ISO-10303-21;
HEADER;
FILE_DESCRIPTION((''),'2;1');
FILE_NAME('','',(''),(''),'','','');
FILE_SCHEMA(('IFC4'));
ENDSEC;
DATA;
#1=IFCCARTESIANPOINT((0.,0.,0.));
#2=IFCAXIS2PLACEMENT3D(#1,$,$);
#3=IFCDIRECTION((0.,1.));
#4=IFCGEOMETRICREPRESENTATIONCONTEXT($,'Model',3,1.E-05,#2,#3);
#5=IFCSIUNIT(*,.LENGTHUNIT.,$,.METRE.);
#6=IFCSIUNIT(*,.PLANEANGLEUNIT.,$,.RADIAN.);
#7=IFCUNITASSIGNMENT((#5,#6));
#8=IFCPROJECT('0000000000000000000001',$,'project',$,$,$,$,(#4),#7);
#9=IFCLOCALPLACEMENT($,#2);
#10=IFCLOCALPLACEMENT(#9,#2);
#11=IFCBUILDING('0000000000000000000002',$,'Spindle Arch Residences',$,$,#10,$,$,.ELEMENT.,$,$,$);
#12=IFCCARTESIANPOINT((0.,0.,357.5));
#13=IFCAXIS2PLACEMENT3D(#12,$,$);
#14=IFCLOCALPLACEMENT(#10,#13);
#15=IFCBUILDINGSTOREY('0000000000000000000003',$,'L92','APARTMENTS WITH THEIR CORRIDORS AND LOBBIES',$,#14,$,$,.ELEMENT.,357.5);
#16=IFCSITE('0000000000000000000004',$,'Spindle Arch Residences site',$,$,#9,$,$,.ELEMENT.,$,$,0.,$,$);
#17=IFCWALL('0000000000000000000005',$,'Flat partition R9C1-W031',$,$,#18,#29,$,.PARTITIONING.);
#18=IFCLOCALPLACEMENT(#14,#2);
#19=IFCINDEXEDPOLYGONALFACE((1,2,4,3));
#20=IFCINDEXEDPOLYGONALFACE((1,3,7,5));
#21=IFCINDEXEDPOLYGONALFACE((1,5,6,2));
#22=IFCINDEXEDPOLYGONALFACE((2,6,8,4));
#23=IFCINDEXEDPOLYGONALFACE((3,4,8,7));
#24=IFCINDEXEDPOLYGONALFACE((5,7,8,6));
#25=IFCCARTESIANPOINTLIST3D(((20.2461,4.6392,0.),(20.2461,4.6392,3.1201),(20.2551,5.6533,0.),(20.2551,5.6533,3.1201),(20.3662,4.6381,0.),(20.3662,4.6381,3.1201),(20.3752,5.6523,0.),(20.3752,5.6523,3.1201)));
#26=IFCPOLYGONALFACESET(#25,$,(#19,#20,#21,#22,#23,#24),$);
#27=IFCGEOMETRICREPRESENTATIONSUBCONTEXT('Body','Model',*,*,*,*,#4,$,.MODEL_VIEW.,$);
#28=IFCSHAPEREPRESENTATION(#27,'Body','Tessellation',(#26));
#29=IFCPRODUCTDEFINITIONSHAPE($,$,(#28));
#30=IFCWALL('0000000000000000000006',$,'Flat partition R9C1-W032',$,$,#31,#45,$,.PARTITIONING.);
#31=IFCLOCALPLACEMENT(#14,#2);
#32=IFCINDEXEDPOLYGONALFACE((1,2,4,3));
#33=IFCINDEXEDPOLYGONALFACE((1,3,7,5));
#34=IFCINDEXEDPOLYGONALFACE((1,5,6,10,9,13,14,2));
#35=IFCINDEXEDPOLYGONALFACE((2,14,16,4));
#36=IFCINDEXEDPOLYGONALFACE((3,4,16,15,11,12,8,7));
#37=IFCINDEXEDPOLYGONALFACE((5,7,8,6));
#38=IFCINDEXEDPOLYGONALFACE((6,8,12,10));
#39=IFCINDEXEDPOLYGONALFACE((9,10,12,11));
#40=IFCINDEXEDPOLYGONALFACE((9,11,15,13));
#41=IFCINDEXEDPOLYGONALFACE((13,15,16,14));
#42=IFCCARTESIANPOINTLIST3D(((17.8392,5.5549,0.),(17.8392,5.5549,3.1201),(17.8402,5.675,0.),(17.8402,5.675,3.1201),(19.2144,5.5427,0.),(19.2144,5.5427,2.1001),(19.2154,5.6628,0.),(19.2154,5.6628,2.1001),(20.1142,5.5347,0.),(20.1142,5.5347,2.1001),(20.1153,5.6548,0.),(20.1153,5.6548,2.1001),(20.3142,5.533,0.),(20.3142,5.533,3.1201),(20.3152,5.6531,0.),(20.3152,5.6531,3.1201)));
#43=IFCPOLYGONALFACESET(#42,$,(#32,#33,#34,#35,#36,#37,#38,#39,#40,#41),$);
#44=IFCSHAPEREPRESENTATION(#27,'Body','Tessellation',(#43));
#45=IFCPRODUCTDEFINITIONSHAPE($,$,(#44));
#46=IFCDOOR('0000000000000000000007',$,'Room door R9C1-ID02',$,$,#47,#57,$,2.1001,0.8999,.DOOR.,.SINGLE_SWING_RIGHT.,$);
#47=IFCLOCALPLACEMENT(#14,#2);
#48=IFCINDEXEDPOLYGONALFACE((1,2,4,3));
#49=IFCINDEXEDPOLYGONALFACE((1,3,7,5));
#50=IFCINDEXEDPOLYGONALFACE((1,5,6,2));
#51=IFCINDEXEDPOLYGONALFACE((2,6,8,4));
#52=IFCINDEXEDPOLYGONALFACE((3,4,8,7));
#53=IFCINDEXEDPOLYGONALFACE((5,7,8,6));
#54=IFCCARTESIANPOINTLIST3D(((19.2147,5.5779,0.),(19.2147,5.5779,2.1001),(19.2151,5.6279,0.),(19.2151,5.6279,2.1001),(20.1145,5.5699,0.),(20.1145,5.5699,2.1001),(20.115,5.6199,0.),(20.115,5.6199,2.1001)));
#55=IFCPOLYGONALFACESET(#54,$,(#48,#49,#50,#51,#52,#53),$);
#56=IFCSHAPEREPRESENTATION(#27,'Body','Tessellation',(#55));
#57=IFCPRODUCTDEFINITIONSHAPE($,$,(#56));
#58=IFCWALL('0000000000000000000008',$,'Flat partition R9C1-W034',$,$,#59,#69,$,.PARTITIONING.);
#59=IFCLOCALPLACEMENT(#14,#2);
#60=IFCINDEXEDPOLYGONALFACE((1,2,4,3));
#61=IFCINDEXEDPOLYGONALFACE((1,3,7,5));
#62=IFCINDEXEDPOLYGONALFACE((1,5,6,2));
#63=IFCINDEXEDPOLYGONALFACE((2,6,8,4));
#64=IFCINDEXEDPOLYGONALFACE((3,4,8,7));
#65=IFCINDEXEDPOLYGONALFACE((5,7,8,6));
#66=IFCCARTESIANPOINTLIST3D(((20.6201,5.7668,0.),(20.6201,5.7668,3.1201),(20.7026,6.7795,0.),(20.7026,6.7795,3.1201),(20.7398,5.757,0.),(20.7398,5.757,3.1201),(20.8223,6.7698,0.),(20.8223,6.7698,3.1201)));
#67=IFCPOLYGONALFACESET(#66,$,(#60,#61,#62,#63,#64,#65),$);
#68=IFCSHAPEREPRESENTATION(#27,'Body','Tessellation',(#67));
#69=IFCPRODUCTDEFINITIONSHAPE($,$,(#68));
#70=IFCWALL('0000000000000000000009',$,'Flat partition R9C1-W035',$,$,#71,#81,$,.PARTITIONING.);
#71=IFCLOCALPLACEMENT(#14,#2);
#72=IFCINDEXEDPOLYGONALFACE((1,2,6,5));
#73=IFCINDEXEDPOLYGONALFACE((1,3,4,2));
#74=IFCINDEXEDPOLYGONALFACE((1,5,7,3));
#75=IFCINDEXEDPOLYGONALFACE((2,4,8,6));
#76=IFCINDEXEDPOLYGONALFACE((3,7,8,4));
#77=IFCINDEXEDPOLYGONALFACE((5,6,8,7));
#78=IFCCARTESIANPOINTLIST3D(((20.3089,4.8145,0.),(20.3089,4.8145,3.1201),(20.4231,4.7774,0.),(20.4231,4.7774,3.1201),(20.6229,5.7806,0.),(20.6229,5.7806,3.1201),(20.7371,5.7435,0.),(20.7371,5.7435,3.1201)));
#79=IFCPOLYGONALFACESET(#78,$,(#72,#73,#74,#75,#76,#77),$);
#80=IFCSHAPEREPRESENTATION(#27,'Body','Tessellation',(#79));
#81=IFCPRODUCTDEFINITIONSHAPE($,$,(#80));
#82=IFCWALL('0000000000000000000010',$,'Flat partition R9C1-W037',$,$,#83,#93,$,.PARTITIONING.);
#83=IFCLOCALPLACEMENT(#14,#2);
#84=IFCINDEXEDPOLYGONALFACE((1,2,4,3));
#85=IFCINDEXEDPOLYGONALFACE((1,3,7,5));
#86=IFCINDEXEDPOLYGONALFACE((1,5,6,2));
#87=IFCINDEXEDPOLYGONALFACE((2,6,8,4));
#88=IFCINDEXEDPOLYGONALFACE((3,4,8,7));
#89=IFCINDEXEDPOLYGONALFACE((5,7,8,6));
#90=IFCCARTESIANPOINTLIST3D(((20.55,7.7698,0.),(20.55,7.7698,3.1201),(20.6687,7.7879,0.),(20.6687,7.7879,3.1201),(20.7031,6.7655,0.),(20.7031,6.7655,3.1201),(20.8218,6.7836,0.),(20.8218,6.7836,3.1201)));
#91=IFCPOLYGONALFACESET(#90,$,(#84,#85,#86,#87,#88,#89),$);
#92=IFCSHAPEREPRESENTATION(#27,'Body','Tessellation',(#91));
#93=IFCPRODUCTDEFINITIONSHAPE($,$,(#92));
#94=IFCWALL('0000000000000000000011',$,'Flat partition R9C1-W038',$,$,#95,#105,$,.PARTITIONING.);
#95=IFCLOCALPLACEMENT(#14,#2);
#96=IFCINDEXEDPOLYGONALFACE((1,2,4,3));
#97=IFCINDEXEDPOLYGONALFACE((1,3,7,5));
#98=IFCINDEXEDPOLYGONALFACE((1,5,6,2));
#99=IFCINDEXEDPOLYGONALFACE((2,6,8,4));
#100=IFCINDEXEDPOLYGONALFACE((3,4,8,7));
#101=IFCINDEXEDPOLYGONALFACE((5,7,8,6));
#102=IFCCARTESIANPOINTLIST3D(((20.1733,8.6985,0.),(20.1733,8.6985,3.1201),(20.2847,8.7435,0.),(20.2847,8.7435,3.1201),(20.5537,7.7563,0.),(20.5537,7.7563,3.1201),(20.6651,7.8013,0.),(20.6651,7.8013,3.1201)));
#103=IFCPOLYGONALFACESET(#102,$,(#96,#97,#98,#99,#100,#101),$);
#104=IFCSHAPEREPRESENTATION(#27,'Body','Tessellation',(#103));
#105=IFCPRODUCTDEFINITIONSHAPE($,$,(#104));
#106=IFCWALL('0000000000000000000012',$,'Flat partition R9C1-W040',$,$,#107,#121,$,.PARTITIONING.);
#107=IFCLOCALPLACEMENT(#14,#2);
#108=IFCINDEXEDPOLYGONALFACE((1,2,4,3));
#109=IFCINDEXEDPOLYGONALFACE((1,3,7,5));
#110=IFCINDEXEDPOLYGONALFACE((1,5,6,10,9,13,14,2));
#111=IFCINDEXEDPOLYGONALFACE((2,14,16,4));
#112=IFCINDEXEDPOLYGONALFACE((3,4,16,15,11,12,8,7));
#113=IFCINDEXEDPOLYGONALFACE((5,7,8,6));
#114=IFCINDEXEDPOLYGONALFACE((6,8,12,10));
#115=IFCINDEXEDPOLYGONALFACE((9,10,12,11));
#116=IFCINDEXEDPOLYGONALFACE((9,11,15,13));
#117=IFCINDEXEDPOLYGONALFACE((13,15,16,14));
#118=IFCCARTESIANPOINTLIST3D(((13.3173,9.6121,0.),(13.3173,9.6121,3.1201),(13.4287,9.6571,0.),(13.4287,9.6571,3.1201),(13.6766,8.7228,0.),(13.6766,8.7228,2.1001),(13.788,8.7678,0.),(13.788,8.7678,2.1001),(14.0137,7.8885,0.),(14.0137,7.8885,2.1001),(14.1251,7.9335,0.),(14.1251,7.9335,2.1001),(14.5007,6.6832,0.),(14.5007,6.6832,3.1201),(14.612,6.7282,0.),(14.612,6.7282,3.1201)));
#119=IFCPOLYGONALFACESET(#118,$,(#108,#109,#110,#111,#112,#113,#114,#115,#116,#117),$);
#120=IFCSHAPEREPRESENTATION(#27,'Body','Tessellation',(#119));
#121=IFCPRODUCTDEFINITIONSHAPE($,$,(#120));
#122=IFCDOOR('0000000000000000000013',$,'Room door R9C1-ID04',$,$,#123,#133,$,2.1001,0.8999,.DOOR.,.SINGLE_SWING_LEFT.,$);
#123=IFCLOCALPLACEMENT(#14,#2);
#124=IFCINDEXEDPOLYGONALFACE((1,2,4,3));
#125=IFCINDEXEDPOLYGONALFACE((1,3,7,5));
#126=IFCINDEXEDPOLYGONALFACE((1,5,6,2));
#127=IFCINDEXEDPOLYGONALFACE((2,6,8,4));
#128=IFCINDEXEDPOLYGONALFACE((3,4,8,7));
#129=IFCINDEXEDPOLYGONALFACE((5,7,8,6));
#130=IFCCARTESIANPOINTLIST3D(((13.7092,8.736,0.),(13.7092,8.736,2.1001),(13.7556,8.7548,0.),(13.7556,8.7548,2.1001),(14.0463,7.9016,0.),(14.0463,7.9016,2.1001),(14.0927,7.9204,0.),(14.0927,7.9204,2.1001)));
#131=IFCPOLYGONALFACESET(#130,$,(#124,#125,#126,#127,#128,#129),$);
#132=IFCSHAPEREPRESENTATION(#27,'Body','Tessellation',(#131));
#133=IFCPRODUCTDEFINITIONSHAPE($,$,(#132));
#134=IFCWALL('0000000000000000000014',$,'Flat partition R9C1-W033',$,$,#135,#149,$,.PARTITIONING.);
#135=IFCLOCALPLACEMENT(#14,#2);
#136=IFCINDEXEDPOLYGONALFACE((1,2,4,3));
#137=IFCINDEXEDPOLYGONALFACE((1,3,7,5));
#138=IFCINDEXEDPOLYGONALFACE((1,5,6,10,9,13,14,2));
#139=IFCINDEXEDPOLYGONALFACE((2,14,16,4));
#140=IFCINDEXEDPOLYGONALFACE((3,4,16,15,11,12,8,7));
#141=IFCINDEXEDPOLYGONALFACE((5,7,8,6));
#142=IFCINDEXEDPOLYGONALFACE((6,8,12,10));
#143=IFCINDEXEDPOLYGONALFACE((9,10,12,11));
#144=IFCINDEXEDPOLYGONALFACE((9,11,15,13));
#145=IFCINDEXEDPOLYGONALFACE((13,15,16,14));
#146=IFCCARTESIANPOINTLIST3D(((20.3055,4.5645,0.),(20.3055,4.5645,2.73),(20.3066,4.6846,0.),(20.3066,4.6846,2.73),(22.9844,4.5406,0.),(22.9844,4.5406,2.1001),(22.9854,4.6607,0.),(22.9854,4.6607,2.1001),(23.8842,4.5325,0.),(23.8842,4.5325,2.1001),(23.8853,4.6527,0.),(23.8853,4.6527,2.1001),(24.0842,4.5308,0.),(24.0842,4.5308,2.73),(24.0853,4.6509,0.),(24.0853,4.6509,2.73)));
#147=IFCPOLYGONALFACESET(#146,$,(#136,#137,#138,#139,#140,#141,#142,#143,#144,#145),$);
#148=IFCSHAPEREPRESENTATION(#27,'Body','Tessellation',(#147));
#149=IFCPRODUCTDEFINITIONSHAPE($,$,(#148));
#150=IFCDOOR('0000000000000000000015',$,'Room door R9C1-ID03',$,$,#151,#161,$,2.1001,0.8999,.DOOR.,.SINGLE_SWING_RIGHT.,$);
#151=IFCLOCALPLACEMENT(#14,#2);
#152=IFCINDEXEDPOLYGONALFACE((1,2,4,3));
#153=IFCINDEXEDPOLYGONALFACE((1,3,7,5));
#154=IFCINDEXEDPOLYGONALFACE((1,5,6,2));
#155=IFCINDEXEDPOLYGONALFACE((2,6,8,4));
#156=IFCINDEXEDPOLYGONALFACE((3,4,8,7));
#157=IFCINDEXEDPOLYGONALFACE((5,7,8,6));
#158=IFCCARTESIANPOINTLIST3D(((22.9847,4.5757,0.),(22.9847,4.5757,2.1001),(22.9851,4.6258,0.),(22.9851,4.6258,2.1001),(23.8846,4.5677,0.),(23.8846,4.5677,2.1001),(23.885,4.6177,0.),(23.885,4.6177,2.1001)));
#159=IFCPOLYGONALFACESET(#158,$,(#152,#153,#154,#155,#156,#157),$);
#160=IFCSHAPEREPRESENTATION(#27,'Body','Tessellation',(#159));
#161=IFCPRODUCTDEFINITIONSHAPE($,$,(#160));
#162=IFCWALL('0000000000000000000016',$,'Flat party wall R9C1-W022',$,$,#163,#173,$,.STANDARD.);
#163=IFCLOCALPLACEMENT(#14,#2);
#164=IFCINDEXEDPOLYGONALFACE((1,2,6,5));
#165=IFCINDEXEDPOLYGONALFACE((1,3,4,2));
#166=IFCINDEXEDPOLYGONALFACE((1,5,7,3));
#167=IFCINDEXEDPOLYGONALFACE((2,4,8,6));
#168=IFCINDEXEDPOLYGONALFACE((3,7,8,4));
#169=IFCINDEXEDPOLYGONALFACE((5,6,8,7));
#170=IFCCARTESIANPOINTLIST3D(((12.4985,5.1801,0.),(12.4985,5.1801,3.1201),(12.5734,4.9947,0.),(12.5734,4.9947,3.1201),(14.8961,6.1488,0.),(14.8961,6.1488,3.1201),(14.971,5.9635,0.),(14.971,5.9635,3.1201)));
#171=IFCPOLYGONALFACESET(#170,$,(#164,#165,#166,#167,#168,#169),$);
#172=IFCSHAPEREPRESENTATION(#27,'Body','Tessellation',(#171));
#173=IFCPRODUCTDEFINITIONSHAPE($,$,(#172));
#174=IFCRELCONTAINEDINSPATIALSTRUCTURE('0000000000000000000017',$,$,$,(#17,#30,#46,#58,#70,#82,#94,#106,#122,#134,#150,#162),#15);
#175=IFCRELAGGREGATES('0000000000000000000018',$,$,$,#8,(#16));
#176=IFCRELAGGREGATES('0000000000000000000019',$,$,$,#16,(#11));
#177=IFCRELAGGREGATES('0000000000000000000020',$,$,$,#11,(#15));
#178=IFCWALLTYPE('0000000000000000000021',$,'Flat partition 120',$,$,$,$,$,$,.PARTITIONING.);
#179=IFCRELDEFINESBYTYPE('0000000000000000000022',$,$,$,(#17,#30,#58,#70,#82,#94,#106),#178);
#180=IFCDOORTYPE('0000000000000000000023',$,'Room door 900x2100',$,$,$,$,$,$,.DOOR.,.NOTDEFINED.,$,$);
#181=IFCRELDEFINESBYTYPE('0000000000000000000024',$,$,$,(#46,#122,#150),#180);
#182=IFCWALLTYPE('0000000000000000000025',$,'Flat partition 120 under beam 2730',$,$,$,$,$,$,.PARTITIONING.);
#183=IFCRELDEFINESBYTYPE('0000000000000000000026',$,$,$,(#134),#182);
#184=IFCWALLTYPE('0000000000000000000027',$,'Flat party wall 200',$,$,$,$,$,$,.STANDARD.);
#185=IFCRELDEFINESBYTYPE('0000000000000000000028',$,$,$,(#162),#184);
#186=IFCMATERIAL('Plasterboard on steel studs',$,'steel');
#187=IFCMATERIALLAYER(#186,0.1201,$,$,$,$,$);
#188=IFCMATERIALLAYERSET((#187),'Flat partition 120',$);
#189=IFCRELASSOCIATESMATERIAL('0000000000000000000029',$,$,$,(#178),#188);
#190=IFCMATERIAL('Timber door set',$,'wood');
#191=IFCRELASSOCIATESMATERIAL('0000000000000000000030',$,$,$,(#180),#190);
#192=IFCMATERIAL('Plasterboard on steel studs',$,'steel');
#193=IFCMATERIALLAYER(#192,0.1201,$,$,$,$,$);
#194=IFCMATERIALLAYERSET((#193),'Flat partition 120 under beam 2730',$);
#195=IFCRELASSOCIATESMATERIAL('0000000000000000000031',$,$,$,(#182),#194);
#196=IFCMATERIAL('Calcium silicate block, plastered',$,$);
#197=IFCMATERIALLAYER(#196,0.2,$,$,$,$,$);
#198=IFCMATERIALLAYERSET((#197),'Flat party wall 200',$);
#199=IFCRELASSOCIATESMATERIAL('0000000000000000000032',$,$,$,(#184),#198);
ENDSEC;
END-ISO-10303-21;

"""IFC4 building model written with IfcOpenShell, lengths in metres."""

from ifc_helpers import new_model, si_unit, direction, frame, frame_2d, origin, place, context, subcontext, project, spatial, rectangle, extrude, material, layer, layer_set, type_object, element, fill, save


model = new_model("IFC4")

# Units and contexts
model_context = context("Model", 3, precision=1e-05, world=origin(), true_north=direction((0.0, 1.0)))
body_context = subcontext(model_context, "Body", "Model", "MODEL_VIEW")
ifc_project = project(units=[si_unit("LENGTHUNIT", "METRE"), si_unit("PLANEANGLEUNIT", "RADIAN")], contexts=[model_context])

# Site, building, storey
site_placement = place(None, origin())
site = spatial("IfcSite", under=ifc_project, at=site_placement, Name="Spindle Arch Residences site", CompositionType="ELEMENT", RefElevation=0.0)
building_placement = place(site_placement, origin())
building = spatial("IfcBuilding", under=site, at=building_placement, Name="Spindle Arch Residences", CompositionType="ELEMENT")
storey_placement = place(building_placement, frame((0.0, 0.0, 357.5)))
storey = spatial("IfcBuildingStorey", under=building, at=storey_placement, Name="L92", Description="APARTMENTS WITH THEIR CORRIDORS AND LOBBIES", CompositionType="ELEMENT", Elevation=357.5)

# Shared definitions
ifc_material_1 = material(Name="Plasterboard on steel studs", Category="steel")
ifc_layer_1 = layer(ifc_material_1, 0.1201)
ifc_layer_set_1 = layer_set([ifc_layer_1], Name="Flat partition 120")
wall_type_1 = type_object("IfcWallType", Name="Flat partition 120", PredefinedType="PARTITIONING", material=ifc_layer_set_1)

# Shared definitions
ifc_material_2 = material(Name="Timber door set", Category="wood")
door_type = type_object("IfcDoorType", Name="Room door 900x2100", OperationType="NOTDEFINED", PredefinedType="DOOR", material=ifc_material_2)

# Wall
wall_1_placement = place(storey_placement, frame((20.3062, 4.6387, 0.0), z_axis=(0.0, 0.0, 1.0), x_axis=(0.008907, 0.99996, 0.0)))
element("IfcWall", 1, at=wall_1_placement, inside=storey, type_object=wall_type_1, Name="Flat partition R9C1-W031", PredefinedType="PARTITIONING", context=body_context, shape_type="SweptSolid", body=[
    extrude(rectangle(XDim=1.0142, YDim=0.1201, at=frame_2d((0.5071, 0.0))), origin(), (0.0, 0.0, 1.0), 3.1201),
])

# Wall, opening, door
wall_2_placement = place(storey_placement, frame((20.3147, 5.593, 0.0), z_axis=(0.0, 0.0, 1.0), x_axis=(-0.999961, 0.008877, 0.0)))
wall_2 = element("IfcWall", 2, at=wall_2_placement, inside=storey, type_object=wall_type_1, Name="Flat partition R9C1-W032", PredefinedType="PARTITIONING", context=body_context, shape_type="SweptSolid", body=[
    extrude(rectangle(XDim=2.4751, YDim=0.1201, at=frame_2d((1.2375, 0.0))), origin(), (0.0, 0.0, 1.0), 3.1201),
])
opening_1_placement = place(wall_2_placement, frame((0.2, 0.0, 0.0)))
opening_1 = element("IfcOpeningElement", 3, at=opening_1_placement, cuts=wall_2, PredefinedType="OPENING", context=body_context, shape_type="SweptSolid", body=[
    extrude(rectangle(XDim=0.8999, YDim=2.1001, at=frame_2d((0.45, 1.05))), frame((0.0, 0.0701, 0.0), z_axis=(0.0, -1.0, 0.0), x_axis=(1.0, 0.0, 0.0)), (0.0, 0.0, 1.0), 0.1401),
])
door_1_placement = place(opening_1_placement, origin())
door_1 = element("IfcDoor", 4, at=door_1_placement, inside=storey, type_object=door_type, Name="Room door R9C1-ID02", OperationType="SINGLE_SWING_RIGHT", OverallHeight=2.1001, OverallWidth=0.8999, PredefinedType="DOOR", context=body_context, shape_type="SweptSolid", body=[
    extrude(rectangle(XDim=0.8999, YDim=2.1001, at=frame_2d((0.45, 1.05))), frame((0.0, 0.0249, 0.0), z_axis=(0.0, -1.0, 0.0), x_axis=(1.0, 0.0, 0.0)), (0.0, 0.0, 1.0), 0.05),
])
fill(opening_1, door_1)

# Walls
wall_3_placement = place(storey_placement, frame((20.7625, 6.7747, 0.0), z_axis=(0.0, 0.0, 1.0), x_axis=(-0.081216, -0.996697, 0.0)))
element("IfcWall", 5, at=wall_3_placement, inside=storey, type_object=wall_type_1, Name="Flat partition R9C1-W034", PredefinedType="PARTITIONING", context=body_context, shape_type="SweptSolid", body=[
    extrude(rectangle(XDim=1.0161, YDim=0.1201, at=frame_2d((0.5081, 0.0))), origin(), (0.0, 0.0, 1.0), 3.1201),
])
for number, where, z_axis, x_axis, name in (
    (6, (20.6799, 5.762, 0.0), (0.0, 0.0, 1.0), (-0.309081, -0.951036, 0.0), "Flat partition R9C1-W035"),
    (7, (20.7625, 6.7747, 0.0), (0.0, 0.0, 1.0), (-0.150702, 0.988579, 0.0), "Flat partition R9C1-W037"),
):
    element("IfcWall", number, at=place(storey_placement, frame(where, z_axis=z_axis, x_axis=x_axis)), inside=storey, type_object=wall_type_1, Name=name, PredefinedType="PARTITIONING", context=body_context, shape_type="SweptSolid", body=[
        extrude(rectangle(XDim=1.0159, YDim=0.1201, at=frame_2d((0.5078, 0.0))), origin(), (0.0, 0.0, 1.0), 3.1201),
    ])
wall_4_placement = place(storey_placement, frame((20.6094, 7.7788, 0.0), z_axis=(0.0, 0.0, 1.0), x_axis=(-0.374372, 0.927279, 0.0)))
element("IfcWall", 8, at=wall_4_placement, inside=storey, type_object=wall_type_1, Name="Flat partition R9C1-W038", PredefinedType="PARTITIONING", context=body_context, shape_type="SweptSolid", body=[
    extrude(rectangle(XDim=1.0161, YDim=0.1201, at=frame_2d((0.5081, 0.0))), origin(), (0.0, 0.0, 1.0), 3.1201),
])

# Walls, openings, doors
wall_5_placement = place(storey_placement, frame((14.5564, 6.7056, 0.0), z_axis=(0.0, 0.0, 1.0), x_axis=(-0.3746, 0.927187, 0.0)))
wall_5 = element("IfcWall", 9, at=wall_5_placement, inside=storey, type_object=wall_type_1, Name="Flat partition R9C1-W040", PredefinedType="PARTITIONING", context=body_context, shape_type="SweptSolid", body=[
    extrude(rectangle(XDim=3.1589, YDim=0.1201, at=frame_2d((1.5796, 0.0))), origin(), (0.0, 0.0, 1.0), 3.1201),
])
opening_2_placement = place(wall_5_placement, frame((1.3, 0.0, 0.0)))
opening_2 = element("IfcOpeningElement", 10, at=opening_2_placement, cuts=wall_5, PredefinedType="OPENING", context=body_context, shape_type="SweptSolid", body=[
    extrude(rectangle(XDim=0.8999, YDim=2.1001, at=frame_2d((0.45, 1.05))), frame((0.0, 0.0701, 0.0), z_axis=(0.0, -1.0, 0.0), x_axis=(1.0, 0.0, 0.0)), (0.0, 0.0, 1.0), 0.1401),
])
door_2_placement = place(opening_2_placement, origin())
door_2 = element("IfcDoor", 11, at=door_2_placement, inside=storey, type_object=door_type, Name="Room door R9C1-ID04", OperationType="SINGLE_SWING_LEFT", OverallHeight=2.1001, OverallWidth=0.8999, PredefinedType="DOOR", context=body_context, shape_type="SweptSolid", body=[
    extrude(rectangle(XDim=0.8999, YDim=2.1001, at=frame_2d((0.45, 1.05))), frame((0.0, 0.0249, 0.0), z_axis=(0.0, -1.0, 0.0), x_axis=(1.0, 0.0, 0.0)), (0.0, 0.0, 1.0), 0.05),
])
fill(opening_2, door_2)
ifc_material_3 = material(Name="Plasterboard on steel studs", Category="steel")
ifc_layer_2 = layer(ifc_material_3, 0.1201)
ifc_layer_set_2 = layer_set([ifc_layer_2], Name="Flat partition 120 under beam 2730")
wall_type_2 = type_object("IfcWallType", Name="Flat partition 120 under beam 2730", PredefinedType="PARTITIONING", material=ifc_layer_set_2)
wall_6_placement = place(storey_placement, frame((24.0847, 4.5908, 0.0), z_axis=(0.0, 0.0, 1.0), x_axis=(-0.99996, 0.008916, 0.0)))
wall_6 = element("IfcWall", 12, at=wall_6_placement, inside=storey, type_object=wall_type_2, Name="Flat partition R9C1-W033", PredefinedType="PARTITIONING", context=body_context, shape_type="SweptSolid", body=[
    extrude(rectangle(XDim=3.7788, YDim=0.1201, at=frame_2d((1.8894, 0.0))), origin(), (0.0, 0.0, 1.0), 2.73),
])
opening_3_placement = place(wall_6_placement, frame((0.2, 0.0, 0.0)))
opening_3 = element("IfcOpeningElement", 13, at=opening_3_placement, cuts=wall_6, PredefinedType="OPENING", context=body_context, shape_type="SweptSolid", body=[
    extrude(rectangle(XDim=0.8999, YDim=2.1001, at=frame_2d((0.45, 1.05))), frame((0.0, 0.0701, 0.0), z_axis=(0.0, -1.0, 0.0), x_axis=(1.0, 0.0, 0.0)), (0.0, 0.0, 1.0), 0.1401),
])
door_3_placement = place(opening_3_placement, origin())
door_3 = element("IfcDoor", 14, at=door_3_placement, inside=storey, type_object=door_type, Name="Room door R9C1-ID03", OperationType="SINGLE_SWING_RIGHT", OverallHeight=2.1001, OverallWidth=0.8999, PredefinedType="DOOR", context=body_context, shape_type="SweptSolid", body=[
    extrude(rectangle(XDim=0.8999, YDim=2.1001, at=frame_2d((0.45, 1.05))), frame((0.0, 0.0249, 0.0), z_axis=(0.0, -1.0, 0.0), x_axis=(1.0, 0.0, 0.0)), (0.0, 0.0, 1.0), 0.05),
])
fill(opening_3, door_3)

# Wall
ifc_material_4 = material(Name="Calcium silicate block, plastered")
ifc_layer_3 = layer(ifc_material_4, 0.2)
ifc_layer_set_3 = layer_set([ifc_layer_3], Name="Flat party wall 200")
wall_type_3 = type_object("IfcWallType", Name="Flat party wall 200", PredefinedType="STANDARD", material=ifc_layer_set_3)
wall_7_placement = place(storey_placement, frame((14.9336, 6.0562, 0.0), z_axis=(0.0, 0.0, 1.0), x_axis=(-0.927182, -0.374611, 0.0)))
element("IfcWall", 15, at=wall_7_placement, inside=storey, type_object=wall_type_3, Name="Flat party wall R9C1-W022", PredefinedType="STANDARD", context=body_context, shape_type="SweptSolid", body=[
    extrude(rectangle(XDim=2.5859, YDim=0.2, at=frame_2d((1.293, 0.0))), origin(), (0.0, 0.0, 1.0), 3.1201),
])

save(model, "model.ifc")
